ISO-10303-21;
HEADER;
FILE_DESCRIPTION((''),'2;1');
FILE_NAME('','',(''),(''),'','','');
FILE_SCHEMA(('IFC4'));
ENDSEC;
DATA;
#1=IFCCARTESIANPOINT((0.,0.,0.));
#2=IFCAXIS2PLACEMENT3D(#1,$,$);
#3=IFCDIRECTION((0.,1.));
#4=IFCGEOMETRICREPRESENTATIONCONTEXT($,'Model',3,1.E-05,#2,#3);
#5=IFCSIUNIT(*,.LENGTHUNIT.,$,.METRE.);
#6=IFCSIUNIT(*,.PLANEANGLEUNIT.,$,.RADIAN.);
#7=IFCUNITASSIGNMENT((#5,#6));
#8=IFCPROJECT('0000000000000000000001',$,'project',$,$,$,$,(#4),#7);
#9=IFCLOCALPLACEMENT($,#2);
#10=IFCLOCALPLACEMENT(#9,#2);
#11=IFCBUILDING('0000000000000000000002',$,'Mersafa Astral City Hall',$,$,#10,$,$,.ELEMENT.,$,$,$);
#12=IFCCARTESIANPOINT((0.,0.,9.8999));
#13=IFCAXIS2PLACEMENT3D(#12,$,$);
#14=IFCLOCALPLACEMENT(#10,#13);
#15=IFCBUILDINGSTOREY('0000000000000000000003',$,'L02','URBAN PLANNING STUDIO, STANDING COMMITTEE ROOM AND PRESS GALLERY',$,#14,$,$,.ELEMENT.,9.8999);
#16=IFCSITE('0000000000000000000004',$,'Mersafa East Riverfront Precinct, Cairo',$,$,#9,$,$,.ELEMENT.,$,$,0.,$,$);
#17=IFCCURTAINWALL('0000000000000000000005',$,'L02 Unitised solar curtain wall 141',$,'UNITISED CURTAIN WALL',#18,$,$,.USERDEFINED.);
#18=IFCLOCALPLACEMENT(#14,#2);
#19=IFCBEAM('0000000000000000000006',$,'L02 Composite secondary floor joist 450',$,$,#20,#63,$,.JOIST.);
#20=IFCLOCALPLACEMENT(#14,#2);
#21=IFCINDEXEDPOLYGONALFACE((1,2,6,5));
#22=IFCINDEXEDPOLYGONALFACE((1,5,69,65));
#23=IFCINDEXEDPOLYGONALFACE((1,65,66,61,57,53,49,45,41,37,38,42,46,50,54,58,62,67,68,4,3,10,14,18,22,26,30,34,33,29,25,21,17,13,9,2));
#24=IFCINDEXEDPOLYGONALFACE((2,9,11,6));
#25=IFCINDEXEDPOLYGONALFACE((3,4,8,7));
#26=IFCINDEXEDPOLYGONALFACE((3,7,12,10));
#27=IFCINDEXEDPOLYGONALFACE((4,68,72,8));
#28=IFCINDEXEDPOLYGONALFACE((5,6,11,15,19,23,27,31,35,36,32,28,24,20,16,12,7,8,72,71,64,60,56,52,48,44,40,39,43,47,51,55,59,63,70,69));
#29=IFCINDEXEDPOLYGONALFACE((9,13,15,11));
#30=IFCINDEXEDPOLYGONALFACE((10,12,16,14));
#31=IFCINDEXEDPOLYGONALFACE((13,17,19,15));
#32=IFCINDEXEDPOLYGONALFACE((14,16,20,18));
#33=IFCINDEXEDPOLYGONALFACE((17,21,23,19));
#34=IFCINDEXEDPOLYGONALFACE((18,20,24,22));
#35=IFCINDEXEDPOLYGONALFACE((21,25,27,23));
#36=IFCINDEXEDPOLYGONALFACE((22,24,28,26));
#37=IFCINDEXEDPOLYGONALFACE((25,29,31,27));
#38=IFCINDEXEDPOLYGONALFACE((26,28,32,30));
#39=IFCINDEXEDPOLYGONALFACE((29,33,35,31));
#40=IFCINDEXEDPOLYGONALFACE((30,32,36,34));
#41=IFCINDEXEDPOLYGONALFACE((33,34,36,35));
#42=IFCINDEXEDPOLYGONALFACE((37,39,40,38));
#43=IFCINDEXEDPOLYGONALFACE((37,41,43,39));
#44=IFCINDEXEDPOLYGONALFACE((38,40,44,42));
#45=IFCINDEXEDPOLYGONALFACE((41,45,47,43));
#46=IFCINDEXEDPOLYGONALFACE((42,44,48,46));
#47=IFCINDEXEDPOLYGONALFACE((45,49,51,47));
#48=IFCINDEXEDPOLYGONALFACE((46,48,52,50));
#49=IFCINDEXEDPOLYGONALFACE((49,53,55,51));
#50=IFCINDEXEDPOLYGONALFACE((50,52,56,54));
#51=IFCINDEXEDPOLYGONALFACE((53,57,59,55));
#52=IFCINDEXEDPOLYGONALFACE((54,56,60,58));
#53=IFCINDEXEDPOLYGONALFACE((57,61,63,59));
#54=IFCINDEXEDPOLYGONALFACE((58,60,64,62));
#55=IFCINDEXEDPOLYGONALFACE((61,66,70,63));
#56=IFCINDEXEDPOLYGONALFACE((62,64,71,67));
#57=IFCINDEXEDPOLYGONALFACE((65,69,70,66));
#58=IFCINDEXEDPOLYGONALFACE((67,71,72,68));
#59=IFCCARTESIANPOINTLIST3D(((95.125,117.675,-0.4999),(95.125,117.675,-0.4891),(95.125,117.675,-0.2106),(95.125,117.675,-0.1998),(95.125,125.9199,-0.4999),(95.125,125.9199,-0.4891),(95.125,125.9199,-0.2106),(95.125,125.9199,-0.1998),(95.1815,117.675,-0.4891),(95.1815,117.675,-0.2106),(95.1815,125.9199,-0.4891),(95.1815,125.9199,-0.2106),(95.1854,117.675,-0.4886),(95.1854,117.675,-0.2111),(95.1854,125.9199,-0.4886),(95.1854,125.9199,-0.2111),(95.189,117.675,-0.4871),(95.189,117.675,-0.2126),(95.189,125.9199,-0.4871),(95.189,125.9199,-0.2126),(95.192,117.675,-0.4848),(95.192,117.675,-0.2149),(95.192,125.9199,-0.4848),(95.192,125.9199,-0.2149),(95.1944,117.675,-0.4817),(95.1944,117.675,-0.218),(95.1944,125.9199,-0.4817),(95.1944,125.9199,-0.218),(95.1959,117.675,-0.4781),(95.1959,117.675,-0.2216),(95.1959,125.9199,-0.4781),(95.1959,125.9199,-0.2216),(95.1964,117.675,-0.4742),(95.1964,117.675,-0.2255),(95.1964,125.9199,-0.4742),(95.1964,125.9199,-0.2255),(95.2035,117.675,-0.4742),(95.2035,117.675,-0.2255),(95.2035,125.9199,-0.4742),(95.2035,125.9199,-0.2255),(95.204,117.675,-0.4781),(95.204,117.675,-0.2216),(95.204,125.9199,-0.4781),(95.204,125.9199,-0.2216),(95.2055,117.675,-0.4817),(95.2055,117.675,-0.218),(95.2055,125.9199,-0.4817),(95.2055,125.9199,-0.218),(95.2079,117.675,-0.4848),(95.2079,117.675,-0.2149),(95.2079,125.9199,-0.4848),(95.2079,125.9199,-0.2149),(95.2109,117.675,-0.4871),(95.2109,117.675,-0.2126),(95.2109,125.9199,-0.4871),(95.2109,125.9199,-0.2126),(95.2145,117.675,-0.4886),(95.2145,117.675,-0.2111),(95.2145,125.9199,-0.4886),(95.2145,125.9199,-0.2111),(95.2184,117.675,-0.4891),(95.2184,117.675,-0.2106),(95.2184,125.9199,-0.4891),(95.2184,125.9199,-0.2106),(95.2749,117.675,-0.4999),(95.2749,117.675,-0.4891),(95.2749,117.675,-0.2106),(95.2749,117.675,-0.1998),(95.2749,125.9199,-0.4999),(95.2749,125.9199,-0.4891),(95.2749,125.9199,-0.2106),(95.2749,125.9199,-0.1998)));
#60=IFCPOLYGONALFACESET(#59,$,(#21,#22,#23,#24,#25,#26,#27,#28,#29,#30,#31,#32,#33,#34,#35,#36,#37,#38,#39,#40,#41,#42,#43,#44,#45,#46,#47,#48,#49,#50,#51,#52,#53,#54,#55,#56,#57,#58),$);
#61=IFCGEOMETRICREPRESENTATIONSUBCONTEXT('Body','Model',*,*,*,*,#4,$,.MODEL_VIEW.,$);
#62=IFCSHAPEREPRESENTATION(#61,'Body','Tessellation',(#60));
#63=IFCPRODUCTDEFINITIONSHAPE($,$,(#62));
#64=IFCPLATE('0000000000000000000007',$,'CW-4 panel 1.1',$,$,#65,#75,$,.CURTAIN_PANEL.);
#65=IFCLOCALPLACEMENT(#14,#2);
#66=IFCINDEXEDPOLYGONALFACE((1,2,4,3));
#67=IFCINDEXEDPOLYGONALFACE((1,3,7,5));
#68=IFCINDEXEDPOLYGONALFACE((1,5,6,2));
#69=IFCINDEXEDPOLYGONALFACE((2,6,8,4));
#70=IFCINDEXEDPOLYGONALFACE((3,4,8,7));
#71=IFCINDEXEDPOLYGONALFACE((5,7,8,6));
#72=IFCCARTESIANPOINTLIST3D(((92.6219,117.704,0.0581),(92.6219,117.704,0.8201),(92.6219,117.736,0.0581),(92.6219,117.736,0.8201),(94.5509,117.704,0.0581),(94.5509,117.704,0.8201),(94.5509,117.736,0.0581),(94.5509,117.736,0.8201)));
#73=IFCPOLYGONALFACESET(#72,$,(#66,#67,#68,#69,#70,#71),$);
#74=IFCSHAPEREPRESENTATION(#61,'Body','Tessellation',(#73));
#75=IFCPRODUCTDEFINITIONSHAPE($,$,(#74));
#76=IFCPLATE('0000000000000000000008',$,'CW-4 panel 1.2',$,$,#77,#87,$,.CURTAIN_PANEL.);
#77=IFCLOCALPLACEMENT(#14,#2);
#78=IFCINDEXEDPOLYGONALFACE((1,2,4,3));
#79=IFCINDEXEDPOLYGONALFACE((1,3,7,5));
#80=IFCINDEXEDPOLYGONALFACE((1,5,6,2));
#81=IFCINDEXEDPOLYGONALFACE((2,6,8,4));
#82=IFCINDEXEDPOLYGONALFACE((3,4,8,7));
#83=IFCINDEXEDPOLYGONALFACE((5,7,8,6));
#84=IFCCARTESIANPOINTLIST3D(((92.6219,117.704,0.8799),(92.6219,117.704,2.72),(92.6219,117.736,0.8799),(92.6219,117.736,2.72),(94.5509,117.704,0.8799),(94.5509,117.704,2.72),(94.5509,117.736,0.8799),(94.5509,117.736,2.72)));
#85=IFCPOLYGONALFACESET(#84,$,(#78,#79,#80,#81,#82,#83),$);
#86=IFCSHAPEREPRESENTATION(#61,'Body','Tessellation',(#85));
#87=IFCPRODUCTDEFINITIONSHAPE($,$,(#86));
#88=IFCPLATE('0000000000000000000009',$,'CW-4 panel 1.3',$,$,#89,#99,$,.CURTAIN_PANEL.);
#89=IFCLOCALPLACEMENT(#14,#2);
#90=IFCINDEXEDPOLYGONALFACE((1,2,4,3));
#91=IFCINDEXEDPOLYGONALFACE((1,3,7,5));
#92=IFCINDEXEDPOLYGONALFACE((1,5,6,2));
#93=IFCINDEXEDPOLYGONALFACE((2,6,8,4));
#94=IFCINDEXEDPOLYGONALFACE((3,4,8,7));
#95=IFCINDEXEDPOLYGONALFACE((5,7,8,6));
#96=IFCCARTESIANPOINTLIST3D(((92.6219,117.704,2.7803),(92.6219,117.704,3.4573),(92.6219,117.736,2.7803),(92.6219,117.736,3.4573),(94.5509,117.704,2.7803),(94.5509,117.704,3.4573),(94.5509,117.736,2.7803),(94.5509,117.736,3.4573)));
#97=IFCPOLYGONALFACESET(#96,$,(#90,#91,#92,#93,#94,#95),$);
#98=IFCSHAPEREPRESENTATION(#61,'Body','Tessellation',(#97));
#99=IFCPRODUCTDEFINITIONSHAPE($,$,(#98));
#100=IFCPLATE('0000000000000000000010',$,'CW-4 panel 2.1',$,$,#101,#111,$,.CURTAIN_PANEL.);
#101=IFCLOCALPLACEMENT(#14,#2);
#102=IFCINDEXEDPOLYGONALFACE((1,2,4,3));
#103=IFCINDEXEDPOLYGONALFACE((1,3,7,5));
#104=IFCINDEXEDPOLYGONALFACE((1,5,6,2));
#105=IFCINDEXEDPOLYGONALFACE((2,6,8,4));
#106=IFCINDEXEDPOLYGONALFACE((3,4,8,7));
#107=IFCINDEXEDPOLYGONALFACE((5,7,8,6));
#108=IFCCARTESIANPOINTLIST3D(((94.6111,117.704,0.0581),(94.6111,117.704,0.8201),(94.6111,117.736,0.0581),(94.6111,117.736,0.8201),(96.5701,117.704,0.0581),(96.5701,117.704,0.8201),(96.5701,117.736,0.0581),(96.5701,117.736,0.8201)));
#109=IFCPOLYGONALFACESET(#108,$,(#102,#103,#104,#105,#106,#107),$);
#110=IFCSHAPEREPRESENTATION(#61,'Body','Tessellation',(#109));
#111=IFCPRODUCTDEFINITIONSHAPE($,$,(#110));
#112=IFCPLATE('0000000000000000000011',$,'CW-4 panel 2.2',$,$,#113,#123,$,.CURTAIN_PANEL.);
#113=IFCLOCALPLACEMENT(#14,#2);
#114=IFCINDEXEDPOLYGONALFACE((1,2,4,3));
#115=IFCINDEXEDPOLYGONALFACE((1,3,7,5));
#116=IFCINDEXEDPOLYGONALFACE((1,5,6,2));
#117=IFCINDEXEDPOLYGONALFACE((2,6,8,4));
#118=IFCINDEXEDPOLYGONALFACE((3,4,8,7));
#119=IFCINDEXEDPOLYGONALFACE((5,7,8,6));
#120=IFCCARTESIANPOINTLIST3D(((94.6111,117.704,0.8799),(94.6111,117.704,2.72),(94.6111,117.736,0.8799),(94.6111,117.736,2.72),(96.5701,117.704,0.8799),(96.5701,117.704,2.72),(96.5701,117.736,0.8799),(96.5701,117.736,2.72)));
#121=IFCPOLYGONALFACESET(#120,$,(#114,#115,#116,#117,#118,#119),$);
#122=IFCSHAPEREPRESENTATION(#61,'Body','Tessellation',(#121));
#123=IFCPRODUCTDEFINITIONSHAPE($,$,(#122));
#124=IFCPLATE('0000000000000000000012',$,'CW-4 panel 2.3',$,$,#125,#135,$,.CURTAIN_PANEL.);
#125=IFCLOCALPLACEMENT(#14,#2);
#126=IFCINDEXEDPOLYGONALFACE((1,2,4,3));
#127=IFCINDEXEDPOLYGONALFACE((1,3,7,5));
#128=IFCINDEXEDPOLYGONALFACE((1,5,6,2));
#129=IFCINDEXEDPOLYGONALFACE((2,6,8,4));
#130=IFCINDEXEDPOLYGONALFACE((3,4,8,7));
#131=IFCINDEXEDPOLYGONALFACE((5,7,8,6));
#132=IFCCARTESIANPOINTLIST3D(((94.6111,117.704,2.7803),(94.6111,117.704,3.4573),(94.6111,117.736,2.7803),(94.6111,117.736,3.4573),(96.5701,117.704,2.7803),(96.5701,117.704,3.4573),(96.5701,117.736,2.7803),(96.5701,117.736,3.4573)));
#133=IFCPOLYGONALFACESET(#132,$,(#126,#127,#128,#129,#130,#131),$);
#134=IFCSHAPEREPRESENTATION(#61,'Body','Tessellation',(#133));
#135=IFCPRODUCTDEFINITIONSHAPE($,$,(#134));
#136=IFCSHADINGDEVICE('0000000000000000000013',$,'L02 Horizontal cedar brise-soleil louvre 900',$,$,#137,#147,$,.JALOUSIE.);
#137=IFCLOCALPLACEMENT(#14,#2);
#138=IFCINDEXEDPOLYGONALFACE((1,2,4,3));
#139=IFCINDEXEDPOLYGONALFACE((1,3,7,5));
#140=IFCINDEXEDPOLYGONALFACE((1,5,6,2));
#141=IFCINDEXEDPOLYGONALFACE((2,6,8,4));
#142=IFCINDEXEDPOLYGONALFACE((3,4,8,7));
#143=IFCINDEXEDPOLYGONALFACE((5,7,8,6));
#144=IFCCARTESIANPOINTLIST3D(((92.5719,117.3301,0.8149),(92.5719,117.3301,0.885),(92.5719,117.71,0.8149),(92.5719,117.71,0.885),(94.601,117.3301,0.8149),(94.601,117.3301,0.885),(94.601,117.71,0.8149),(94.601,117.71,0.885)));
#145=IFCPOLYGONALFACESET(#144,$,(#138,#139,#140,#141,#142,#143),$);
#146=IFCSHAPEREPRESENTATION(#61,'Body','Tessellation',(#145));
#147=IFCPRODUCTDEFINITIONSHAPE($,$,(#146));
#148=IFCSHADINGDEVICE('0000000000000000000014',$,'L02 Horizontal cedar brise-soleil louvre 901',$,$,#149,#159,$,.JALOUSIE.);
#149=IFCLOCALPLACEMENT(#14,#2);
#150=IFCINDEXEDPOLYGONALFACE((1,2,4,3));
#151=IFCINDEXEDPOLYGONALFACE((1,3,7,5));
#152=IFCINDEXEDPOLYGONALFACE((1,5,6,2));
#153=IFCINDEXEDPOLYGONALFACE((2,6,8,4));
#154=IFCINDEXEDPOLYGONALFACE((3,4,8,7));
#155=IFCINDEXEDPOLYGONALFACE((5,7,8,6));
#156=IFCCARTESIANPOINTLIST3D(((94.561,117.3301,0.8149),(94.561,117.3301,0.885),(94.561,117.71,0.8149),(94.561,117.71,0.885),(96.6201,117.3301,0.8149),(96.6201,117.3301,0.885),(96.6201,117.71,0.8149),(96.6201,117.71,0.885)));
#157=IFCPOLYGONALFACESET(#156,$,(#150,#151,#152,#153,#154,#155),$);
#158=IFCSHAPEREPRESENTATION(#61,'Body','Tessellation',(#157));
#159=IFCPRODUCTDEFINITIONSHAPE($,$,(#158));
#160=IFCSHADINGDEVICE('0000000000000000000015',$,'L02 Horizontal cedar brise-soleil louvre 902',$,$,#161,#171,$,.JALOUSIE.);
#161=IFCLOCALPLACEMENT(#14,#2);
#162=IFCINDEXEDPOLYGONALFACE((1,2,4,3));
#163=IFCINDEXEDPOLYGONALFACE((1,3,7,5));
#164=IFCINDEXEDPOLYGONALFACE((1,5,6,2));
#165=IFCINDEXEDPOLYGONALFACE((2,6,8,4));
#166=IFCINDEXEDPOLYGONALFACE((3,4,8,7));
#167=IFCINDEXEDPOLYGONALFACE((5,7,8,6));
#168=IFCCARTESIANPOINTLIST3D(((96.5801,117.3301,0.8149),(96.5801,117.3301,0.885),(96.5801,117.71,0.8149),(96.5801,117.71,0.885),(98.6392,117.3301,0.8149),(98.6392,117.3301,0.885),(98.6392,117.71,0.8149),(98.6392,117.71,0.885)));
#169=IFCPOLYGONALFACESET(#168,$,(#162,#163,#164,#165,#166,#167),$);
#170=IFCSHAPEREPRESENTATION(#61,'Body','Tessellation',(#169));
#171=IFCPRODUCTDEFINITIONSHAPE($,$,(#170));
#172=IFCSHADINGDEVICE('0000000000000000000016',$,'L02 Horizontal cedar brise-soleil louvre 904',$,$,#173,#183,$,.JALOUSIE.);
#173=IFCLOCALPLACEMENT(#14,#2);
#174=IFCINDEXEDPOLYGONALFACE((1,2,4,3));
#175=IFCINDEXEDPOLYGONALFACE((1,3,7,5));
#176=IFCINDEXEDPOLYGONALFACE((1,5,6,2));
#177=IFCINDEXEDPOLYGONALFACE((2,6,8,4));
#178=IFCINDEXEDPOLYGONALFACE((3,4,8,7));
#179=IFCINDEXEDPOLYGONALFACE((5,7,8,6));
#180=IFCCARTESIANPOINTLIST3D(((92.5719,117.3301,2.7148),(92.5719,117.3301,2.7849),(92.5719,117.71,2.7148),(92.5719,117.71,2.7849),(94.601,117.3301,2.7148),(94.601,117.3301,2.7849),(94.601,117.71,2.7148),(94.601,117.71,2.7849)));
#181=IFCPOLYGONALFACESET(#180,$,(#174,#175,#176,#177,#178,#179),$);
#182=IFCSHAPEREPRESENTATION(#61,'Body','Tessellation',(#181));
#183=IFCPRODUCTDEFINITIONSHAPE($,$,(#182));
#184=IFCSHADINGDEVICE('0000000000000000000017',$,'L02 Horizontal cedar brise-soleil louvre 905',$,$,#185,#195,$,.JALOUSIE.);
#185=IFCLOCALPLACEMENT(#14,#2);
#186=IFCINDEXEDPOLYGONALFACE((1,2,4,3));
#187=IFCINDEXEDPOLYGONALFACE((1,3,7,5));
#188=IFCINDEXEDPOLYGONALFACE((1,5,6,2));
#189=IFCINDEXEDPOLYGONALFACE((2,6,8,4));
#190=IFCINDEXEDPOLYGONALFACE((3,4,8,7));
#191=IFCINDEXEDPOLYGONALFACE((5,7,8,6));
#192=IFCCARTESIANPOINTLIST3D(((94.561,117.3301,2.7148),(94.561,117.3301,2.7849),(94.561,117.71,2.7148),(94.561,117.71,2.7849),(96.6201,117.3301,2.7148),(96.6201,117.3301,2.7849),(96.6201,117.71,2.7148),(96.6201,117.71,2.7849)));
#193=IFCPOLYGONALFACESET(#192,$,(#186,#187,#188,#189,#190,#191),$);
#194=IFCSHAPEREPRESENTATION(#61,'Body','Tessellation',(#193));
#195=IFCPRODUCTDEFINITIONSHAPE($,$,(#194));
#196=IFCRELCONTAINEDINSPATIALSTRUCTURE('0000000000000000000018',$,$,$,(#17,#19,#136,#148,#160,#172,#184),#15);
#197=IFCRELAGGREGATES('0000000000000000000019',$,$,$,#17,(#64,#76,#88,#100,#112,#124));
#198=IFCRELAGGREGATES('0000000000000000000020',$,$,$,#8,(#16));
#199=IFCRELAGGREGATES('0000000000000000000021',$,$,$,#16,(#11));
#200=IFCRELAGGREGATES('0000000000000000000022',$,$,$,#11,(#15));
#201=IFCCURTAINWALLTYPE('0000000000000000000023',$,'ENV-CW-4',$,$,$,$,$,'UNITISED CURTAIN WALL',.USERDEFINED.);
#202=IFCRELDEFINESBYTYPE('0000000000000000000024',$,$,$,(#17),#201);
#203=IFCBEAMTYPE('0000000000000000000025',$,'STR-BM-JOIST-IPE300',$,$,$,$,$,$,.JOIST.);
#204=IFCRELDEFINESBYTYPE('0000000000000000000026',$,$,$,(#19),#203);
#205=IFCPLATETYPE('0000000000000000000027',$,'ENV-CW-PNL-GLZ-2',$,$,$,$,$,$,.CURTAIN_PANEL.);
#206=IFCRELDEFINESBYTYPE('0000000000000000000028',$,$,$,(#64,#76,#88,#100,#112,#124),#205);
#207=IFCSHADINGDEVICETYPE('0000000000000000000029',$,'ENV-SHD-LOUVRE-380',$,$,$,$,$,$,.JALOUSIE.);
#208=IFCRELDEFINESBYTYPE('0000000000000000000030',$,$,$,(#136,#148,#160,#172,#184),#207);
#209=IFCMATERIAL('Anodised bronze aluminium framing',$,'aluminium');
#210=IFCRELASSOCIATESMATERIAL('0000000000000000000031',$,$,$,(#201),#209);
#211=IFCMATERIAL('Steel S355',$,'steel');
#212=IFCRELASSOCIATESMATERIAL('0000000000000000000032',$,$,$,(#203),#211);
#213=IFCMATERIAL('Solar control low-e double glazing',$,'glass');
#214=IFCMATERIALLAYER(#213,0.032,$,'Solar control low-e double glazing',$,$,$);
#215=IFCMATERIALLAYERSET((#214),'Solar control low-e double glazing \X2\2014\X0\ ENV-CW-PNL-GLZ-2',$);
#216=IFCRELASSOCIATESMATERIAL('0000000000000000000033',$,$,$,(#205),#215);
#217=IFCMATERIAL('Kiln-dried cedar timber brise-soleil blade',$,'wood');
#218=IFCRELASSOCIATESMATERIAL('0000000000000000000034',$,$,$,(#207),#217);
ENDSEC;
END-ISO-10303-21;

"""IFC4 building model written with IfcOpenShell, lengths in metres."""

from ifc_helpers import new_model, si_unit, direction, frame, origin, origin_2d, place, context, subcontext, project, spatial, rectangle, i_section, extrude, material, layer, layer_set, material_profile, profile_set, type_object, element, aggregate, save


model = new_model("IFC4")

# Units and contexts
model_context = context("Model", 3, precision=1e-05, world=origin(), true_north=direction((0.0, 1.0)))
body_context = subcontext(model_context, "Body", "Model", "MODEL_VIEW")
ifc_project = project(units=[si_unit("LENGTHUNIT", "METRE"), si_unit("PLANEANGLEUNIT", "RADIAN")], contexts=[model_context])

# Site, building, storey
site_placement = place(None, origin())
site = spatial("IfcSite", under=ifc_project, at=site_placement, Name="Mersafa East Riverfront Precinct, Cairo", CompositionType="ELEMENT", RefElevation=0.0)
building_placement = place(site_placement, origin())
building = spatial("IfcBuilding", under=site, at=building_placement, Name="Mersafa Astral City Hall", CompositionType="ELEMENT")
storey_placement = place(building_placement, frame((0.0, 0.0, 9.8999)))
storey = spatial("IfcBuildingStorey", under=building, at=storey_placement, Name="L02", Description="URBAN PLANNING STUDIO, STANDING COMMITTEE ROOM AND PRESS GALLERY", CompositionType="ELEMENT", Elevation=9.8999)

# Curtain wall
ifc_material_1 = material(Name="Anodised bronze aluminium framing", Category="aluminium")
curtain_wall_type = type_object("IfcCurtainWallType", Name="ENV-CW-4", ElementType="UNITISED CURTAIN WALL", PredefinedType="USERDEFINED", material=ifc_material_1)
curtain_wall_placement = place(storey_placement, origin())
curtain_wall = element("IfcCurtainWall", 1, at=curtain_wall_placement, inside=storey, type_object=curtain_wall_type, Name="L02 Unitised solar curtain wall 141", ObjectType="UNITISED CURTAIN WALL", PredefinedType="USERDEFINED")

# Beam
ifc_material_2 = material(Name="Steel S355", Category="steel")
ifc_material_profile_1 = material_profile(ifc_material_2, i_section(OverallWidth=0.1499, OverallDepth=0.3, WebThickness=0.0071, FlangeThickness=0.0107, FilletRadius=0.0149, at=origin_2d()), Name="IPE 300")
ifc_profile_set_1 = profile_set([ifc_material_profile_1], Name="Steel S355")
beam_type = type_object("IfcBeamType", Name="STR-BM-JOIST-IPE300", PredefinedType="JOIST", material=ifc_profile_set_1)
beam_placement = place(storey_placement, frame((95.2, 117.675, -0.3499), z_axis=(0.0, 1.0, 0.0), x_axis=(-1.0, 0.0, 0.0)))
element("IfcBeam", 2, at=beam_placement, inside=storey, type_object=beam_type, Name="L02 Composite secondary floor joist 450", PredefinedType="JOIST", context=body_context, shape_type="SweptSolid", body=[
    extrude(i_section(OverallWidth=0.1499, OverallDepth=0.3, WebThickness=0.0071, FlangeThickness=0.0107, FilletRadius=0.0149, at=origin_2d()), origin(), (0.0, 0.0, 1.0), 8.2449),
])

# Plates
ifc_material_3 = material(Name="Solar control low-e double glazing", Category="glass")
ifc_layer = layer(ifc_material_3, 0.032, Name="Solar control low-e double glazing")
ifc_layer_set = layer_set([ifc_layer], Name="Solar control low-e double glazing — ENV-CW-PNL-GLZ-2")
plate_type = type_object("IfcPlateType", Name="ENV-CW-PNL-GLZ-2", PredefinedType="CURTAIN_PANEL", material=ifc_layer_set)
plate_1_placement = place(storey_placement, frame((93.5864, 117.72, 0.0581), z_axis=(0.0, 0.0, 1.0), x_axis=(1.0, 0.0, 0.0)))
plate_1 = element("IfcPlate", 3, at=plate_1_placement, type_object=plate_type, Name="CW-4 panel 1.1", PredefinedType="CURTAIN_PANEL", context=body_context, shape_type="SweptSolid", body=[
    extrude(rectangle(XDim=1.929, YDim=0.032, at=origin_2d()), origin(), (0.0, 0.0, 1.0), 0.762),
])
plate_2_placement = place(storey_placement, frame((93.5864, 117.72, 0.8799), z_axis=(0.0, 0.0, 1.0), x_axis=(1.0, 0.0, 0.0)))
plate_2 = element("IfcPlate", 4, at=plate_2_placement, type_object=plate_type, Name="CW-4 panel 1.2", PredefinedType="CURTAIN_PANEL", context=body_context, shape_type="SweptSolid", body=[
    extrude(rectangle(XDim=1.929, YDim=0.032, at=origin_2d()), origin(), (0.0, 0.0, 1.0), 1.8401),
])
plate_3_placement = place(storey_placement, frame((93.5864, 117.72, 2.7803), z_axis=(0.0, 0.0, 1.0), x_axis=(1.0, 0.0, 0.0)))
plate_3 = element("IfcPlate", 5, at=plate_3_placement, type_object=plate_type, Name="CW-4 panel 1.3", PredefinedType="CURTAIN_PANEL", context=body_context, shape_type="SweptSolid", body=[
    extrude(rectangle(XDim=1.929, YDim=0.032, at=origin_2d()), origin(), (0.0, 0.0, 1.0), 0.677),
])
plate_4_placement = place(storey_placement, frame((95.5906, 117.72, 0.0581), z_axis=(0.0, 0.0, 1.0), x_axis=(1.0, 0.0, 0.0)))
plate_4 = element("IfcPlate", 6, at=plate_4_placement, type_object=plate_type, Name="CW-4 panel 2.1", PredefinedType="CURTAIN_PANEL", context=body_context, shape_type="SweptSolid", body=[
    extrude(rectangle(XDim=1.959, YDim=0.032, at=origin_2d()), origin(), (0.0, 0.0, 1.0), 0.762),
])
plate_5_placement = place(storey_placement, frame((95.5906, 117.72, 0.8799), z_axis=(0.0, 0.0, 1.0), x_axis=(1.0, 0.0, 0.0)))
plate_5 = element("IfcPlate", 7, at=plate_5_placement, type_object=plate_type, Name="CW-4 panel 2.2", PredefinedType="CURTAIN_PANEL", context=body_context, shape_type="SweptSolid", body=[
    extrude(rectangle(XDim=1.959, YDim=0.032, at=origin_2d()), origin(), (0.0, 0.0, 1.0), 1.8401),
])
plate_6_placement = place(storey_placement, frame((95.5906, 117.72, 2.7803), z_axis=(0.0, 0.0, 1.0), x_axis=(1.0, 0.0, 0.0)))
plate_6 = element("IfcPlate", 8, at=plate_6_placement, type_object=plate_type, Name="CW-4 panel 2.3", PredefinedType="CURTAIN_PANEL", context=body_context, shape_type="SweptSolid", body=[
    extrude(rectangle(XDim=1.959, YDim=0.032, at=origin_2d()), origin(), (0.0, 0.0, 1.0), 0.677),
])
aggregate(curtain_wall, [plate_1, plate_2, plate_3, plate_4, plate_5, plate_6])

# Shading devices
ifc_material_4 = material(Name="Kiln-dried cedar timber brise-soleil blade", Category="wood")
shading_device_type = type_object("IfcShadingDeviceType", Name="ENV-SHD-LOUVRE-380", PredefinedType="JALOUSIE", material=ifc_material_4)
shading_device_1_placement = place(storey_placement, frame((93.5864, 117.52, 0.8149), z_axis=(0.0, 0.0, 1.0), x_axis=(1.0, 0.0, 0.0)))
element("IfcShadingDevice", 9, at=shading_device_1_placement, inside=storey, type_object=shading_device_type, Name="L02 Horizontal cedar brise-soleil louvre 900", PredefinedType="JALOUSIE", context=body_context, shape_type="SweptSolid", body=[
    extrude(rectangle(XDim=2.0291, YDim=0.3799, at=origin_2d()), origin(), (0.0, 0.0, 1.0), 0.0701),
])
for number, where, z_axis, x_axis, name in (
    (10, (95.5906, 117.52, 0.8149), (0.0, 0.0, 1.0), (1.0, 0.0, 0.0), "L02 Horizontal cedar brise-soleil louvre 901"),
    (11, (97.6096, 117.52, 0.8149), (0.0, 0.0, 1.0), (1.0, 0.0, 0.0), "L02 Horizontal cedar brise-soleil louvre 902"),
):
    element("IfcShadingDevice", number, at=place(storey_placement, frame(where, z_axis=z_axis, x_axis=x_axis)), inside=storey, type_object=shading_device_type, Name=name, PredefinedType="JALOUSIE", context=body_context, shape_type="SweptSolid", body=[
        extrude(rectangle(XDim=2.0591, YDim=0.3799, at=origin_2d()), origin(), (0.0, 0.0, 1.0), 0.0701),
    ])
shading_device_2_placement = place(storey_placement, frame((93.5864, 117.52, 2.7148), z_axis=(0.0, 0.0, 1.0), x_axis=(1.0, 0.0, 0.0)))
element("IfcShadingDevice", 12, at=shading_device_2_placement, inside=storey, type_object=shading_device_type, Name="L02 Horizontal cedar brise-soleil louvre 904", PredefinedType="JALOUSIE", context=body_context, shape_type="SweptSolid", body=[
    extrude(rectangle(XDim=2.0291, YDim=0.3799, at=origin_2d()), origin(), (0.0, 0.0, 1.0), 0.0701),
])
shading_device_3_placement = place(storey_placement, frame((95.5906, 117.52, 2.7148), z_axis=(0.0, 0.0, 1.0), x_axis=(1.0, 0.0, 0.0)))
element("IfcShadingDevice", 13, at=shading_device_3_placement, inside=storey, type_object=shading_device_type, Name="L02 Horizontal cedar brise-soleil louvre 905", PredefinedType="JALOUSIE", context=body_context, shape_type="SweptSolid", body=[
    extrude(rectangle(XDim=2.0591, YDim=0.3799, at=origin_2d()), origin(), (0.0, 0.0, 1.0), 0.0701),
])

save(model, "model.ifc")
